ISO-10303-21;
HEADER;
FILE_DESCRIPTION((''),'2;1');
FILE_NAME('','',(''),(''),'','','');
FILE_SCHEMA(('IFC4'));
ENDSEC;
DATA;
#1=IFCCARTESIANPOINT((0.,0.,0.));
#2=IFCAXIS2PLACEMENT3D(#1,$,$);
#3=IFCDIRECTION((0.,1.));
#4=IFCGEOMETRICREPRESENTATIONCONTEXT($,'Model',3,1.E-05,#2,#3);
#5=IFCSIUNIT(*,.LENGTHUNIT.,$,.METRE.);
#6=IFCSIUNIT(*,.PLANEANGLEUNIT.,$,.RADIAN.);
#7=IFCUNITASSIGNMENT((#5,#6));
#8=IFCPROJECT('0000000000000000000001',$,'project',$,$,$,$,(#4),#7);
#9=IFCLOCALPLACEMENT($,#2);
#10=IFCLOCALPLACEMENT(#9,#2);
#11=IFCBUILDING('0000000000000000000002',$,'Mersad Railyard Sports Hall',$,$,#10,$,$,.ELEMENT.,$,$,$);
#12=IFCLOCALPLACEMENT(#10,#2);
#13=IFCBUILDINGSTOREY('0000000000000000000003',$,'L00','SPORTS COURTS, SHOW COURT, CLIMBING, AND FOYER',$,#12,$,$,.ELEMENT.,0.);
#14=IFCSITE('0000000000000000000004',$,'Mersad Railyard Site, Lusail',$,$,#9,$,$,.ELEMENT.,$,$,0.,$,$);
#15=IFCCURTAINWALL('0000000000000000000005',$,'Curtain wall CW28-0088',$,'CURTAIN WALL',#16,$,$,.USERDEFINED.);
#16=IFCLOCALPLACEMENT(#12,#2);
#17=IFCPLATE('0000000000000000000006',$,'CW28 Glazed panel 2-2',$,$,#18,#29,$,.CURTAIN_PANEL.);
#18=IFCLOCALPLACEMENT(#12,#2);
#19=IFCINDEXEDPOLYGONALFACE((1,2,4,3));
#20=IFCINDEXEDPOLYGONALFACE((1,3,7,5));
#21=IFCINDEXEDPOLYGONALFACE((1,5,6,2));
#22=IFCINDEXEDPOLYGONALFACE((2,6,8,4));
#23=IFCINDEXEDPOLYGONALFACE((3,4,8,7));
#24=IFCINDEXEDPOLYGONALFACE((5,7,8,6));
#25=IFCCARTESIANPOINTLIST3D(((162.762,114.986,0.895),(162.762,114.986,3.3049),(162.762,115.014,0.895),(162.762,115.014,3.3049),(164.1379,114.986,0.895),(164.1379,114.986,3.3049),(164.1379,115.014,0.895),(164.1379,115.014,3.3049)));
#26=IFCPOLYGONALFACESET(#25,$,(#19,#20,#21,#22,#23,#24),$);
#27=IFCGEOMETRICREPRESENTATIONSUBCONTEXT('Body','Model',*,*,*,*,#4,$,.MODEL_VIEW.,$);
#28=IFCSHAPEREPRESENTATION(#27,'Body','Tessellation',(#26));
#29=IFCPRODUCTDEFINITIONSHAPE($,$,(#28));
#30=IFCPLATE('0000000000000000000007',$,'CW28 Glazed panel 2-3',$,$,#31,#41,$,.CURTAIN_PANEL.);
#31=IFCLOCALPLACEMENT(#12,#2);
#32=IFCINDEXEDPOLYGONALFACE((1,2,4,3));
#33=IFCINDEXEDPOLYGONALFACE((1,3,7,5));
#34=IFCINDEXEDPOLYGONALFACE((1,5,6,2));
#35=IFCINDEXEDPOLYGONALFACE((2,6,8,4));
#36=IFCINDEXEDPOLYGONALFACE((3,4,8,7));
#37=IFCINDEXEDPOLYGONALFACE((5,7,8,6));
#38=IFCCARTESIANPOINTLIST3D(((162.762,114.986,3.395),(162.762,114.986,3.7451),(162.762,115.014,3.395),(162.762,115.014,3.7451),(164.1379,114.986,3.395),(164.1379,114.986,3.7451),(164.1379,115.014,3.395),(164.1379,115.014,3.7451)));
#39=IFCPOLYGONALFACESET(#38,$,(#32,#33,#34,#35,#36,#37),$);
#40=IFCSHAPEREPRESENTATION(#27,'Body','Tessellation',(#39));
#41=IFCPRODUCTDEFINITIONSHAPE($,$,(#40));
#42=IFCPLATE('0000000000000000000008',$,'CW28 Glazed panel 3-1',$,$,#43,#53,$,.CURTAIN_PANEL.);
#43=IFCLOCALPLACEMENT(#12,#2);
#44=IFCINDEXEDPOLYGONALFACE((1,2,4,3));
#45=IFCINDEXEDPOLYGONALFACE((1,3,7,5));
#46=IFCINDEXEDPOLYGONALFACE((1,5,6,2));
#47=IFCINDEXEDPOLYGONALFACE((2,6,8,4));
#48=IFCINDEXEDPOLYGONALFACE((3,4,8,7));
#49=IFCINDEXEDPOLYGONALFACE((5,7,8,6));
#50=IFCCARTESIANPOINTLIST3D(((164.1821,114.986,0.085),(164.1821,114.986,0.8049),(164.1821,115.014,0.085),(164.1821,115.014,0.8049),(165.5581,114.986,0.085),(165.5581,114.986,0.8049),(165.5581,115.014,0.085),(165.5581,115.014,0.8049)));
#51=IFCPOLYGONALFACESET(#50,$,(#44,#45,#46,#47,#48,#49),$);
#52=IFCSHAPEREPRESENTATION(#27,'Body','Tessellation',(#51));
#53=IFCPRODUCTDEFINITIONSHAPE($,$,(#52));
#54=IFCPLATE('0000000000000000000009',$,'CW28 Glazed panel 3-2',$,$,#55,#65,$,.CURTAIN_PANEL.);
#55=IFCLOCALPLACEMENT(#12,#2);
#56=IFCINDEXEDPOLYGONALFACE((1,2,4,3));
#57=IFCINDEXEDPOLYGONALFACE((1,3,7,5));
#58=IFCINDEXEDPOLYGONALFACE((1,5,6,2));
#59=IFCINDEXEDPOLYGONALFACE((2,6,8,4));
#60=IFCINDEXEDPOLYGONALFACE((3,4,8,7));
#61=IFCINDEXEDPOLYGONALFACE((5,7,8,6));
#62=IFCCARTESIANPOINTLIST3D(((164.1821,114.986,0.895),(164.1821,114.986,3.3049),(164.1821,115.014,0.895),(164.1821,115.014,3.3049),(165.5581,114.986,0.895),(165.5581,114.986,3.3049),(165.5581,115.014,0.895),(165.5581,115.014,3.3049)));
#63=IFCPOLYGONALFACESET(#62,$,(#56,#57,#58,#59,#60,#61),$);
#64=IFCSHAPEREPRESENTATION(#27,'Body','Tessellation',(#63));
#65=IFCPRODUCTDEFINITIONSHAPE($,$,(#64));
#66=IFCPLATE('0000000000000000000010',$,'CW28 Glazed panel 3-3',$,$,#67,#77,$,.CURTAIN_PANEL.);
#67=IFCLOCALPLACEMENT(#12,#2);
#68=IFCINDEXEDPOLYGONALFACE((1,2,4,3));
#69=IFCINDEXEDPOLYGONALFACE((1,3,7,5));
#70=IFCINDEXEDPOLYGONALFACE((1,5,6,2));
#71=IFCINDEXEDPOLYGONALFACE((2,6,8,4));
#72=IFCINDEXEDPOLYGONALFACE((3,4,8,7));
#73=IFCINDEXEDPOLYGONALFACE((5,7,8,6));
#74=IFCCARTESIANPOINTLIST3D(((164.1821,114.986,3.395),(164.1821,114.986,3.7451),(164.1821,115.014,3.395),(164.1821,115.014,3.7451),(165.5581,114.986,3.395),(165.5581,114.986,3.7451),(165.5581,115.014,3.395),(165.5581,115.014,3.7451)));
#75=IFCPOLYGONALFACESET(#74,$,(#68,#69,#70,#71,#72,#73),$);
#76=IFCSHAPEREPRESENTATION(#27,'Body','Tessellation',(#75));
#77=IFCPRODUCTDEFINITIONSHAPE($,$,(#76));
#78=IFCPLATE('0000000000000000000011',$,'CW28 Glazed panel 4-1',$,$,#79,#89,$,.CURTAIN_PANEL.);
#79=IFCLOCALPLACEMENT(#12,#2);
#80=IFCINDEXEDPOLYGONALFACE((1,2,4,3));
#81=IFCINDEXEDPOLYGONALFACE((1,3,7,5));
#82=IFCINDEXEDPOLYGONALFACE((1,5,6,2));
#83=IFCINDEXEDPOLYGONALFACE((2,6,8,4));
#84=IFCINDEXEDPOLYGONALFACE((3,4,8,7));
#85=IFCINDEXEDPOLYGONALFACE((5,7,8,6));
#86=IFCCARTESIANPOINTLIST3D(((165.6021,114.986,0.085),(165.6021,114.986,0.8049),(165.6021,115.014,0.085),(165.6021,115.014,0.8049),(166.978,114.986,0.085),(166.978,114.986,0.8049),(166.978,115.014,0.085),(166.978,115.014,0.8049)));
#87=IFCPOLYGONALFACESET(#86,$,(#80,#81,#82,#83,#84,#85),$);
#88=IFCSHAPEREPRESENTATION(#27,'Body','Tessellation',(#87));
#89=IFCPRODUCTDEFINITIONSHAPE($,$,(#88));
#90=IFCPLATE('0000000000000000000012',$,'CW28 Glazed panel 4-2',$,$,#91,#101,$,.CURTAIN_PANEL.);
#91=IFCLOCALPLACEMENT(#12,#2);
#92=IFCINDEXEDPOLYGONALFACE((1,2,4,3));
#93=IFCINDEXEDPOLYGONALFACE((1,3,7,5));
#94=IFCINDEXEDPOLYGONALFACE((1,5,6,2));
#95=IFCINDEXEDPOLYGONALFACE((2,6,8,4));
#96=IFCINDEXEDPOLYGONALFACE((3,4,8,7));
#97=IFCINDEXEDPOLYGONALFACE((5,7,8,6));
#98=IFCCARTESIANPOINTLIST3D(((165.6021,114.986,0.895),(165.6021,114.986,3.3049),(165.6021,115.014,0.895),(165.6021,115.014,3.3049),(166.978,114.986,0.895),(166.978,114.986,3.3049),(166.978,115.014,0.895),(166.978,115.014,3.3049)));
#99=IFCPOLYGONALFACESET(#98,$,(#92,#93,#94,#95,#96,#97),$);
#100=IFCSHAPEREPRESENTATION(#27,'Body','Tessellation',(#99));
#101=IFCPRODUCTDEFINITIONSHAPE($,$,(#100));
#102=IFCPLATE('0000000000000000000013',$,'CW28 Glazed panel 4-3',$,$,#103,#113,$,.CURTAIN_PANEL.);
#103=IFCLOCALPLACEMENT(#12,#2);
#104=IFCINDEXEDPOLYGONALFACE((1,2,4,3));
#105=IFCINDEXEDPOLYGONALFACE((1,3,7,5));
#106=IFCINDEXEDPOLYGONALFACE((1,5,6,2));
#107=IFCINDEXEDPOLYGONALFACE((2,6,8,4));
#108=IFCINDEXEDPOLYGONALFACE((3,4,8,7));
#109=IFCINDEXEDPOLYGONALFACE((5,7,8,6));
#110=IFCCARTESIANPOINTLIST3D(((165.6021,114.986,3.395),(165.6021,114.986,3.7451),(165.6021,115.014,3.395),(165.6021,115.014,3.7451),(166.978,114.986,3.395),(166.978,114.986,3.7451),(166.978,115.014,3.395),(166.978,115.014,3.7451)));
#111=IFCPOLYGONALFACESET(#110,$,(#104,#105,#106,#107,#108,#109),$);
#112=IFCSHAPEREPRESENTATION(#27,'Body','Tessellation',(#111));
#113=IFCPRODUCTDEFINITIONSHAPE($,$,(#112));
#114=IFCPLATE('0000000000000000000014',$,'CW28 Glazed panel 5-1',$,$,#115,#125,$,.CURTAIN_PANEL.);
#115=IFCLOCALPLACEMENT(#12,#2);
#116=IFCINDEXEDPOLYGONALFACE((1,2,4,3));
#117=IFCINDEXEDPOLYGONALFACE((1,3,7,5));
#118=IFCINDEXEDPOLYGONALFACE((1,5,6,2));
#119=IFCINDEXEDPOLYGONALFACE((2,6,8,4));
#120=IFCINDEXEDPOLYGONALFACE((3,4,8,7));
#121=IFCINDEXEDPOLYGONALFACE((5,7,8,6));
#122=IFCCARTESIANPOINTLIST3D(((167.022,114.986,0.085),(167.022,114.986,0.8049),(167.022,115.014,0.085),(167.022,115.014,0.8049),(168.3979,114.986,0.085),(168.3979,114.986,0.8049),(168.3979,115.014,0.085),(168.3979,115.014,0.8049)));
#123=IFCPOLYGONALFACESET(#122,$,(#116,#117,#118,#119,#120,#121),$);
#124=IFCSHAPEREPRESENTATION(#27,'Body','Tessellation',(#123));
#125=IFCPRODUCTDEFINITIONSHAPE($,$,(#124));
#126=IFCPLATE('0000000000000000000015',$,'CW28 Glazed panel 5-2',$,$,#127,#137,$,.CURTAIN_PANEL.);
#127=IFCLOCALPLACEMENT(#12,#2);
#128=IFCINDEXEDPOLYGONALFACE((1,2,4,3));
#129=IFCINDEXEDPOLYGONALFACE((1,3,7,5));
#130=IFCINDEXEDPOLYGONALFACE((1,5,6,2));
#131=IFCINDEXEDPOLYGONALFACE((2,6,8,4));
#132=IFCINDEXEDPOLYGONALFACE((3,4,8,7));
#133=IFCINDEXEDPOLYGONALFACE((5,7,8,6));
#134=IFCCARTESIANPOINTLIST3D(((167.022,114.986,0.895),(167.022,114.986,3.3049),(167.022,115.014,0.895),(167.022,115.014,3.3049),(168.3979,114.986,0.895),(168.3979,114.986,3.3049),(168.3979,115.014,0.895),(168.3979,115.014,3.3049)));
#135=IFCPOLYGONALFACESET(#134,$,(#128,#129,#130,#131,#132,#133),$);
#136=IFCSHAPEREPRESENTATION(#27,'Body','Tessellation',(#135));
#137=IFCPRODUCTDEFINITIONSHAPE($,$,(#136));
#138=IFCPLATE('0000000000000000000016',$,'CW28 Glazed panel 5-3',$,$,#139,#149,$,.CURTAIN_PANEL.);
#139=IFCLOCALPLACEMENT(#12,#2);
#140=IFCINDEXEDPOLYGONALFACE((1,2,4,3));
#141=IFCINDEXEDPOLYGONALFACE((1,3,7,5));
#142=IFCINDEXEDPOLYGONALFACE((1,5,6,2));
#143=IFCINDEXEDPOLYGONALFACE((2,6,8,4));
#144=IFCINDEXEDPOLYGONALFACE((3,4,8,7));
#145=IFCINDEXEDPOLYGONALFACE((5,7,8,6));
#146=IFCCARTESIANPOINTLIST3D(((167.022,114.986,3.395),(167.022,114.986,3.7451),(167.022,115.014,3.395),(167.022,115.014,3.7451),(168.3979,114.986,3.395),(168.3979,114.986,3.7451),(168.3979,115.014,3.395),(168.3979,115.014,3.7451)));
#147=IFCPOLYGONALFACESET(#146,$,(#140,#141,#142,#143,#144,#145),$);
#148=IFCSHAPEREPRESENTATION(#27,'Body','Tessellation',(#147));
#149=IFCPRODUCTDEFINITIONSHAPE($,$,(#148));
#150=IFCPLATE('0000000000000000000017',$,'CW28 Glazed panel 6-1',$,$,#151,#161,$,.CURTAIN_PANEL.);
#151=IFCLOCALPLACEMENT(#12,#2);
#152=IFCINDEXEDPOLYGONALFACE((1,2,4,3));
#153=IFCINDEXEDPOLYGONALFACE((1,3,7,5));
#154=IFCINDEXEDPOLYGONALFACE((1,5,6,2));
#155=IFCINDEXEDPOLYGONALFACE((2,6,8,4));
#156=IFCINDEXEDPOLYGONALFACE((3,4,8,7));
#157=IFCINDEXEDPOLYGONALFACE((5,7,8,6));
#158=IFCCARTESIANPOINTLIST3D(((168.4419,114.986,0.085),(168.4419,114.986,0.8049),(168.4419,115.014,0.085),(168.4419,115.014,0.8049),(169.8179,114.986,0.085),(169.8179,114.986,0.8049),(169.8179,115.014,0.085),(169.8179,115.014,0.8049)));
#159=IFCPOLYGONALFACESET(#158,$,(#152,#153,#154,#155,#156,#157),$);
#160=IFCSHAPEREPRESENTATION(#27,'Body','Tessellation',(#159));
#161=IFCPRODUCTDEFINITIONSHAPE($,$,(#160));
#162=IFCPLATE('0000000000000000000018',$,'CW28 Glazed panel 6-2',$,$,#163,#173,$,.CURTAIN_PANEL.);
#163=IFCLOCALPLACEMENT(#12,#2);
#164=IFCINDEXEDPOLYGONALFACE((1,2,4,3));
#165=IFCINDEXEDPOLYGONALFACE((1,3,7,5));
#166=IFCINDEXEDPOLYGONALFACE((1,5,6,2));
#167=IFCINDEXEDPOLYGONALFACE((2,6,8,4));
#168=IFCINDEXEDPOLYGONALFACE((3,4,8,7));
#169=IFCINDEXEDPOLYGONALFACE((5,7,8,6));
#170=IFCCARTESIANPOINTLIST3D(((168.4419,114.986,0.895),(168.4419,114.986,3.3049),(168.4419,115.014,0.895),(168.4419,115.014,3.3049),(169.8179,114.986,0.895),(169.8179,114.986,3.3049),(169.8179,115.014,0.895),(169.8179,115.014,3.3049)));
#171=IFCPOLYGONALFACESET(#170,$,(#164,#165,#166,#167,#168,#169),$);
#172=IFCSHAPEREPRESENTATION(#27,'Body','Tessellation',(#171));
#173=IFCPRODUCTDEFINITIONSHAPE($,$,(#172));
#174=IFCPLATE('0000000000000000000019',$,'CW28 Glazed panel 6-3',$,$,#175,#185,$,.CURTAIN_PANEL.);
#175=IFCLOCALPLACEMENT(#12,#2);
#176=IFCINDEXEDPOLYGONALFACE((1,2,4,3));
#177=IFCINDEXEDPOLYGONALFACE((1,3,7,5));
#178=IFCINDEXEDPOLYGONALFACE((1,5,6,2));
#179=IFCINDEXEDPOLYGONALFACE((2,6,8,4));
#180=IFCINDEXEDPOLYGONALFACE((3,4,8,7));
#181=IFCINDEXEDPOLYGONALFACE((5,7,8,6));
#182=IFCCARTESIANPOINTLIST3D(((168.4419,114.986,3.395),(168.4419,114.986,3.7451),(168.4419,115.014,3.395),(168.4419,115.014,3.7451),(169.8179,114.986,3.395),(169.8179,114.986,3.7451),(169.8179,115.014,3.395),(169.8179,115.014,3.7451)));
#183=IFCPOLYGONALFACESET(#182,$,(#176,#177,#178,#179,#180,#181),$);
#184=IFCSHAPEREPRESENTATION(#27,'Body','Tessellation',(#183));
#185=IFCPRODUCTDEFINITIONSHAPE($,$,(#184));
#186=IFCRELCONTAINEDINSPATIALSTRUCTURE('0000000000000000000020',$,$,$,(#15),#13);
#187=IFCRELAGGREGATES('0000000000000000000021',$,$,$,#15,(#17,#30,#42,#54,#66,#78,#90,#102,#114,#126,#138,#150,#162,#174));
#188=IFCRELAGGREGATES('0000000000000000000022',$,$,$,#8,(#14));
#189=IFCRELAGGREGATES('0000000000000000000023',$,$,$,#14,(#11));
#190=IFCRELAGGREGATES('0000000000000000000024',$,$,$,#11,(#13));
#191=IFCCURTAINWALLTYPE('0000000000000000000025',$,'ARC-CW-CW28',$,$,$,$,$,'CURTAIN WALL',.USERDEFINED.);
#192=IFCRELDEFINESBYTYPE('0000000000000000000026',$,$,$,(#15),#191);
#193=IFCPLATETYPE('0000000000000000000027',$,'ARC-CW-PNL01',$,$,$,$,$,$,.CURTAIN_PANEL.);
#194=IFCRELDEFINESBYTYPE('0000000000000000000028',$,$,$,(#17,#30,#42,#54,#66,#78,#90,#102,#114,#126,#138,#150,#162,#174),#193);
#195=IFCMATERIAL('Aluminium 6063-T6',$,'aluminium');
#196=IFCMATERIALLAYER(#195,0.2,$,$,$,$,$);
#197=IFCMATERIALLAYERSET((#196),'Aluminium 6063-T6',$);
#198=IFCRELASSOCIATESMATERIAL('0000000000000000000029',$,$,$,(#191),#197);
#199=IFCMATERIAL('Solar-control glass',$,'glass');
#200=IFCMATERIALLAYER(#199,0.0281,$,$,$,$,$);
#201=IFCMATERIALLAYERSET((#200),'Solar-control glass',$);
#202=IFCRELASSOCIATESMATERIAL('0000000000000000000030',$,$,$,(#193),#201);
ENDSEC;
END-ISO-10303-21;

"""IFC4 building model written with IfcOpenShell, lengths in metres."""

from ifc_helpers import new_model, si_unit, direction, frame, origin, origin_2d, place, context, subcontext, project, spatial, rectangle, extrude, material, layer, layer_set, type_object, element, aggregate, save


model = new_model("IFC4")

# Units and contexts
model_context = context("Model", 3, precision=1e-05, world=origin(), true_north=direction((0.0, 1.0)))
body_context = subcontext(model_context, "Body", "Model", "MODEL_VIEW")
ifc_project = project(units=[si_unit("LENGTHUNIT", "METRE"), si_unit("PLANEANGLEUNIT", "RADIAN")], contexts=[model_context])

# Site, building, storey
site_placement = place(None, origin())
site = spatial("IfcSite", under=ifc_project, at=site_placement, Name="Mersad Railyard Site, Lusail", CompositionType="ELEMENT", RefElevation=0.0)
building_placement = place(site_placement, origin())
building = spatial("IfcBuilding", under=site, at=building_placement, Name="Mersad Railyard Sports Hall", CompositionType="ELEMENT")
storey_placement = place(building_placement, origin())
storey = spatial("IfcBuildingStorey", under=building, at=storey_placement, Name="L00", Description="SPORTS COURTS, SHOW COURT, CLIMBING, AND FOYER", CompositionType="ELEMENT", Elevation=0.0)

# Curtain wall, plates
ifc_material_1 = material(Name="Aluminium 6063-T6", Category="aluminium")
ifc_layer_1 = layer(ifc_material_1, 0.2)
ifc_layer_set_1 = layer_set([ifc_layer_1], Name="Aluminium 6063-T6")
curtain_wall_type = type_object("IfcCurtainWallType", Name="ARC-CW-CW28", ElementType="CURTAIN WALL", PredefinedType="USERDEFINED", material=ifc_layer_set_1)
curtain_wall_placement = place(storey_placement, origin())
curtain_wall = element("IfcCurtainWall", 1, at=curtain_wall_placement, inside=storey, type_object=curtain_wall_type, Name="Curtain wall CW28-0088", ObjectType="CURTAIN WALL", PredefinedType="USERDEFINED")
ifc_material_2 = material(Name="Solar-control glass", Category="glass")
ifc_layer_2 = layer(ifc_material_2, 0.0281)
ifc_layer_set_2 = layer_set([ifc_layer_2], Name="Solar-control glass")
plate_type = type_object("IfcPlateType", Name="ARC-CW-PNL01", PredefinedType="CURTAIN_PANEL", material=ifc_layer_set_2)
plate_1_placement = place(storey_placement, frame((163.45, 115.0, 0.895), z_axis=(0.0, 0.0, 1.0), x_axis=(1.0, 0.0, 0.0)))
plate_1 = element("IfcPlate", 2, at=plate_1_placement, type_object=plate_type, Name="CW28 Glazed panel 2-2", PredefinedType="CURTAIN_PANEL", context=body_context, shape_type="SweptSolid", body=[
    extrude(rectangle(XDim=1.376, YDim=0.0281, at=origin_2d()), origin(), (0.0, 0.0, 1.0), 2.4099),
])
plate_2_placement = place(storey_placement, frame((163.45, 115.0, 3.395), z_axis=(0.0, 0.0, 1.0), x_axis=(1.0, 0.0, 0.0)))
plate_2 = element("IfcPlate", 3, at=plate_2_placement, type_object=plate_type, Name="CW28 Glazed panel 2-3", PredefinedType="CURTAIN_PANEL", context=body_context, shape_type="SweptSolid", body=[
    extrude(rectangle(XDim=1.376, YDim=0.0281, at=origin_2d()), origin(), (0.0, 0.0, 1.0), 0.3501),
])
plate_3_placement = place(storey_placement, frame((164.8701, 115.0, 0.085), z_axis=(0.0, 0.0, 1.0), x_axis=(1.0, 0.0, 0.0)))
plate_3 = element("IfcPlate", 4, at=plate_3_placement, type_object=plate_type, Name="CW28 Glazed panel 3-1", PredefinedType="CURTAIN_PANEL", context=body_context, shape_type="SweptSolid", body=[
    extrude(rectangle(XDim=1.376, YDim=0.0281, at=origin_2d()), origin(), (0.0, 0.0, 1.0), 0.72),
])
plate_4_placement = place(storey_placement, frame((164.8701, 115.0, 0.895), z_axis=(0.0, 0.0, 1.0), x_axis=(1.0, 0.0, 0.0)))
plate_4 = element("IfcPlate", 5, at=plate_4_placement, type_object=plate_type, Name="CW28 Glazed panel 3-2", PredefinedType="CURTAIN_PANEL", context=body_context, shape_type="SweptSolid", body=[
    extrude(rectangle(XDim=1.376, YDim=0.0281, at=origin_2d()), origin(), (0.0, 0.0, 1.0), 2.4099),
])
plate_5_placement = place(storey_placement, frame((164.8701, 115.0, 3.395), z_axis=(0.0, 0.0, 1.0), x_axis=(1.0, 0.0, 0.0)))
plate_5 = element("IfcPlate", 6, at=plate_5_placement, type_object=plate_type, Name="CW28 Glazed panel 3-3", PredefinedType="CURTAIN_PANEL", context=body_context, shape_type="SweptSolid", body=[
    extrude(rectangle(XDim=1.376, YDim=0.0281, at=origin_2d()), origin(), (0.0, 0.0, 1.0), 0.3501),
])
plate_6_placement = place(storey_placement, frame((166.29, 115.0, 0.085), z_axis=(0.0, 0.0, 1.0), x_axis=(1.0, 0.0, 0.0)))
plate_6 = element("IfcPlate", 7, at=plate_6_placement, type_object=plate_type, Name="CW28 Glazed panel 4-1", PredefinedType="CURTAIN_PANEL", context=body_context, shape_type="SweptSolid", body=[
    extrude(rectangle(XDim=1.376, YDim=0.0281, at=origin_2d()), origin(), (0.0, 0.0, 1.0), 0.72),
])
plate_7_placement = place(storey_placement, frame((166.29, 115.0, 0.895), z_axis=(0.0, 0.0, 1.0), x_axis=(1.0, 0.0, 0.0)))
plate_7 = element("IfcPlate", 8, at=plate_7_placement, type_object=plate_type, Name="CW28 Glazed panel 4-2", PredefinedType="CURTAIN_PANEL", context=body_context, shape_type="SweptSolid", body=[
    extrude(rectangle(XDim=1.376, YDim=0.0281, at=origin_2d()), origin(), (0.0, 0.0, 1.0), 2.4099),
])
plate_8_placement = place(storey_placement, frame((166.29, 115.0, 3.395), z_axis=(0.0, 0.0, 1.0), x_axis=(1.0, 0.0, 0.0)))
plate_8 = element("IfcPlate", 9, at=plate_8_placement, type_object=plate_type, Name="CW28 Glazed panel 4-3", PredefinedType="CURTAIN_PANEL", context=body_context, shape_type="SweptSolid", body=[
    extrude(rectangle(XDim=1.376, YDim=0.0281, at=origin_2d()), origin(), (0.0, 0.0, 1.0), 0.3501),
])
plate_9_placement = place(storey_placement, frame((167.71, 115.0, 0.085), z_axis=(0.0, 0.0, 1.0), x_axis=(1.0, 0.0, 0.0)))
plate_9 = element("IfcPlate", 10, at=plate_9_placement, type_object=plate_type, Name="CW28 Glazed panel 5-1", PredefinedType="CURTAIN_PANEL", context=body_context, shape_type="SweptSolid", body=[
    extrude(rectangle(XDim=1.376, YDim=0.0281, at=origin_2d()), origin(), (0.0, 0.0, 1.0), 0.72),
])
plate_10_placement = place(storey_placement, frame((167.71, 115.0, 0.895), z_axis=(0.0, 0.0, 1.0), x_axis=(1.0, 0.0, 0.0)))
plate_10 = element("IfcPlate", 11, at=plate_10_placement, type_object=plate_type, Name="CW28 Glazed panel 5-2", PredefinedType="CURTAIN_PANEL", context=body_context, shape_type="SweptSolid", body=[
    extrude(rectangle(XDim=1.376, YDim=0.0281, at=origin_2d()), origin(), (0.0, 0.0, 1.0), 2.4099),
])
plate_11_placement = place(storey_placement, frame((167.71, 115.0, 3.395), z_axis=(0.0, 0.0, 1.0), x_axis=(1.0, 0.0, 0.0)))
plate_11 = element("IfcPlate", 12, at=plate_11_placement, type_object=plate_type, Name="CW28 Glazed panel 5-3", PredefinedType="CURTAIN_PANEL", context=body_context, shape_type="SweptSolid", body=[
    extrude(rectangle(XDim=1.376, YDim=0.0281, at=origin_2d()), origin(), (0.0, 0.0, 1.0), 0.3501),
])
plate_12_placement = place(storey_placement, frame((169.1299, 115.0, 0.085), z_axis=(0.0, 0.0, 1.0), x_axis=(1.0, 0.0, 0.0)))
plate_12 = element("IfcPlate", 13, at=plate_12_placement, type_object=plate_type, Name="CW28 Glazed panel 6-1", PredefinedType="CURTAIN_PANEL", context=body_context, shape_type="SweptSolid", body=[
    extrude(rectangle(XDim=1.376, YDim=0.0281, at=origin_2d()), origin(), (0.0, 0.0, 1.0), 0.72),
])
plate_13_placement = place(storey_placement, frame((169.1299, 115.0, 0.895), z_axis=(0.0, 0.0, 1.0), x_axis=(1.0, 0.0, 0.0)))
plate_13 = element("IfcPlate", 14, at=plate_13_placement, type_object=plate_type, Name="CW28 Glazed panel 6-2", PredefinedType="CURTAIN_PANEL", context=body_context, shape_type="SweptSolid", body=[
    extrude(rectangle(XDim=1.376, YDim=0.0281, at=origin_2d()), origin(), (0.0, 0.0, 1.0), 2.4099),
])
plate_14_placement = place(storey_placement, frame((169.1299, 115.0, 3.395), z_axis=(0.0, 0.0, 1.0), x_axis=(1.0, 0.0, 0.0)))
plate_14 = element("IfcPlate", 15, at=plate_14_placement, type_object=plate_type, Name="CW28 Glazed panel 6-3", PredefinedType="CURTAIN_PANEL", context=body_context, shape_type="SweptSolid", body=[
    extrude(rectangle(XDim=1.376, YDim=0.0281, at=origin_2d()), origin(), (0.0, 0.0, 1.0), 0.3501),
])
aggregate(curtain_wall, [plate_1, plate_2, plate_3, plate_4, plate_5, plate_6, plate_7, plate_8, plate_9, plate_10, plate_11, plate_12, plate_13, plate_14])

save(model, "model.ifc")
